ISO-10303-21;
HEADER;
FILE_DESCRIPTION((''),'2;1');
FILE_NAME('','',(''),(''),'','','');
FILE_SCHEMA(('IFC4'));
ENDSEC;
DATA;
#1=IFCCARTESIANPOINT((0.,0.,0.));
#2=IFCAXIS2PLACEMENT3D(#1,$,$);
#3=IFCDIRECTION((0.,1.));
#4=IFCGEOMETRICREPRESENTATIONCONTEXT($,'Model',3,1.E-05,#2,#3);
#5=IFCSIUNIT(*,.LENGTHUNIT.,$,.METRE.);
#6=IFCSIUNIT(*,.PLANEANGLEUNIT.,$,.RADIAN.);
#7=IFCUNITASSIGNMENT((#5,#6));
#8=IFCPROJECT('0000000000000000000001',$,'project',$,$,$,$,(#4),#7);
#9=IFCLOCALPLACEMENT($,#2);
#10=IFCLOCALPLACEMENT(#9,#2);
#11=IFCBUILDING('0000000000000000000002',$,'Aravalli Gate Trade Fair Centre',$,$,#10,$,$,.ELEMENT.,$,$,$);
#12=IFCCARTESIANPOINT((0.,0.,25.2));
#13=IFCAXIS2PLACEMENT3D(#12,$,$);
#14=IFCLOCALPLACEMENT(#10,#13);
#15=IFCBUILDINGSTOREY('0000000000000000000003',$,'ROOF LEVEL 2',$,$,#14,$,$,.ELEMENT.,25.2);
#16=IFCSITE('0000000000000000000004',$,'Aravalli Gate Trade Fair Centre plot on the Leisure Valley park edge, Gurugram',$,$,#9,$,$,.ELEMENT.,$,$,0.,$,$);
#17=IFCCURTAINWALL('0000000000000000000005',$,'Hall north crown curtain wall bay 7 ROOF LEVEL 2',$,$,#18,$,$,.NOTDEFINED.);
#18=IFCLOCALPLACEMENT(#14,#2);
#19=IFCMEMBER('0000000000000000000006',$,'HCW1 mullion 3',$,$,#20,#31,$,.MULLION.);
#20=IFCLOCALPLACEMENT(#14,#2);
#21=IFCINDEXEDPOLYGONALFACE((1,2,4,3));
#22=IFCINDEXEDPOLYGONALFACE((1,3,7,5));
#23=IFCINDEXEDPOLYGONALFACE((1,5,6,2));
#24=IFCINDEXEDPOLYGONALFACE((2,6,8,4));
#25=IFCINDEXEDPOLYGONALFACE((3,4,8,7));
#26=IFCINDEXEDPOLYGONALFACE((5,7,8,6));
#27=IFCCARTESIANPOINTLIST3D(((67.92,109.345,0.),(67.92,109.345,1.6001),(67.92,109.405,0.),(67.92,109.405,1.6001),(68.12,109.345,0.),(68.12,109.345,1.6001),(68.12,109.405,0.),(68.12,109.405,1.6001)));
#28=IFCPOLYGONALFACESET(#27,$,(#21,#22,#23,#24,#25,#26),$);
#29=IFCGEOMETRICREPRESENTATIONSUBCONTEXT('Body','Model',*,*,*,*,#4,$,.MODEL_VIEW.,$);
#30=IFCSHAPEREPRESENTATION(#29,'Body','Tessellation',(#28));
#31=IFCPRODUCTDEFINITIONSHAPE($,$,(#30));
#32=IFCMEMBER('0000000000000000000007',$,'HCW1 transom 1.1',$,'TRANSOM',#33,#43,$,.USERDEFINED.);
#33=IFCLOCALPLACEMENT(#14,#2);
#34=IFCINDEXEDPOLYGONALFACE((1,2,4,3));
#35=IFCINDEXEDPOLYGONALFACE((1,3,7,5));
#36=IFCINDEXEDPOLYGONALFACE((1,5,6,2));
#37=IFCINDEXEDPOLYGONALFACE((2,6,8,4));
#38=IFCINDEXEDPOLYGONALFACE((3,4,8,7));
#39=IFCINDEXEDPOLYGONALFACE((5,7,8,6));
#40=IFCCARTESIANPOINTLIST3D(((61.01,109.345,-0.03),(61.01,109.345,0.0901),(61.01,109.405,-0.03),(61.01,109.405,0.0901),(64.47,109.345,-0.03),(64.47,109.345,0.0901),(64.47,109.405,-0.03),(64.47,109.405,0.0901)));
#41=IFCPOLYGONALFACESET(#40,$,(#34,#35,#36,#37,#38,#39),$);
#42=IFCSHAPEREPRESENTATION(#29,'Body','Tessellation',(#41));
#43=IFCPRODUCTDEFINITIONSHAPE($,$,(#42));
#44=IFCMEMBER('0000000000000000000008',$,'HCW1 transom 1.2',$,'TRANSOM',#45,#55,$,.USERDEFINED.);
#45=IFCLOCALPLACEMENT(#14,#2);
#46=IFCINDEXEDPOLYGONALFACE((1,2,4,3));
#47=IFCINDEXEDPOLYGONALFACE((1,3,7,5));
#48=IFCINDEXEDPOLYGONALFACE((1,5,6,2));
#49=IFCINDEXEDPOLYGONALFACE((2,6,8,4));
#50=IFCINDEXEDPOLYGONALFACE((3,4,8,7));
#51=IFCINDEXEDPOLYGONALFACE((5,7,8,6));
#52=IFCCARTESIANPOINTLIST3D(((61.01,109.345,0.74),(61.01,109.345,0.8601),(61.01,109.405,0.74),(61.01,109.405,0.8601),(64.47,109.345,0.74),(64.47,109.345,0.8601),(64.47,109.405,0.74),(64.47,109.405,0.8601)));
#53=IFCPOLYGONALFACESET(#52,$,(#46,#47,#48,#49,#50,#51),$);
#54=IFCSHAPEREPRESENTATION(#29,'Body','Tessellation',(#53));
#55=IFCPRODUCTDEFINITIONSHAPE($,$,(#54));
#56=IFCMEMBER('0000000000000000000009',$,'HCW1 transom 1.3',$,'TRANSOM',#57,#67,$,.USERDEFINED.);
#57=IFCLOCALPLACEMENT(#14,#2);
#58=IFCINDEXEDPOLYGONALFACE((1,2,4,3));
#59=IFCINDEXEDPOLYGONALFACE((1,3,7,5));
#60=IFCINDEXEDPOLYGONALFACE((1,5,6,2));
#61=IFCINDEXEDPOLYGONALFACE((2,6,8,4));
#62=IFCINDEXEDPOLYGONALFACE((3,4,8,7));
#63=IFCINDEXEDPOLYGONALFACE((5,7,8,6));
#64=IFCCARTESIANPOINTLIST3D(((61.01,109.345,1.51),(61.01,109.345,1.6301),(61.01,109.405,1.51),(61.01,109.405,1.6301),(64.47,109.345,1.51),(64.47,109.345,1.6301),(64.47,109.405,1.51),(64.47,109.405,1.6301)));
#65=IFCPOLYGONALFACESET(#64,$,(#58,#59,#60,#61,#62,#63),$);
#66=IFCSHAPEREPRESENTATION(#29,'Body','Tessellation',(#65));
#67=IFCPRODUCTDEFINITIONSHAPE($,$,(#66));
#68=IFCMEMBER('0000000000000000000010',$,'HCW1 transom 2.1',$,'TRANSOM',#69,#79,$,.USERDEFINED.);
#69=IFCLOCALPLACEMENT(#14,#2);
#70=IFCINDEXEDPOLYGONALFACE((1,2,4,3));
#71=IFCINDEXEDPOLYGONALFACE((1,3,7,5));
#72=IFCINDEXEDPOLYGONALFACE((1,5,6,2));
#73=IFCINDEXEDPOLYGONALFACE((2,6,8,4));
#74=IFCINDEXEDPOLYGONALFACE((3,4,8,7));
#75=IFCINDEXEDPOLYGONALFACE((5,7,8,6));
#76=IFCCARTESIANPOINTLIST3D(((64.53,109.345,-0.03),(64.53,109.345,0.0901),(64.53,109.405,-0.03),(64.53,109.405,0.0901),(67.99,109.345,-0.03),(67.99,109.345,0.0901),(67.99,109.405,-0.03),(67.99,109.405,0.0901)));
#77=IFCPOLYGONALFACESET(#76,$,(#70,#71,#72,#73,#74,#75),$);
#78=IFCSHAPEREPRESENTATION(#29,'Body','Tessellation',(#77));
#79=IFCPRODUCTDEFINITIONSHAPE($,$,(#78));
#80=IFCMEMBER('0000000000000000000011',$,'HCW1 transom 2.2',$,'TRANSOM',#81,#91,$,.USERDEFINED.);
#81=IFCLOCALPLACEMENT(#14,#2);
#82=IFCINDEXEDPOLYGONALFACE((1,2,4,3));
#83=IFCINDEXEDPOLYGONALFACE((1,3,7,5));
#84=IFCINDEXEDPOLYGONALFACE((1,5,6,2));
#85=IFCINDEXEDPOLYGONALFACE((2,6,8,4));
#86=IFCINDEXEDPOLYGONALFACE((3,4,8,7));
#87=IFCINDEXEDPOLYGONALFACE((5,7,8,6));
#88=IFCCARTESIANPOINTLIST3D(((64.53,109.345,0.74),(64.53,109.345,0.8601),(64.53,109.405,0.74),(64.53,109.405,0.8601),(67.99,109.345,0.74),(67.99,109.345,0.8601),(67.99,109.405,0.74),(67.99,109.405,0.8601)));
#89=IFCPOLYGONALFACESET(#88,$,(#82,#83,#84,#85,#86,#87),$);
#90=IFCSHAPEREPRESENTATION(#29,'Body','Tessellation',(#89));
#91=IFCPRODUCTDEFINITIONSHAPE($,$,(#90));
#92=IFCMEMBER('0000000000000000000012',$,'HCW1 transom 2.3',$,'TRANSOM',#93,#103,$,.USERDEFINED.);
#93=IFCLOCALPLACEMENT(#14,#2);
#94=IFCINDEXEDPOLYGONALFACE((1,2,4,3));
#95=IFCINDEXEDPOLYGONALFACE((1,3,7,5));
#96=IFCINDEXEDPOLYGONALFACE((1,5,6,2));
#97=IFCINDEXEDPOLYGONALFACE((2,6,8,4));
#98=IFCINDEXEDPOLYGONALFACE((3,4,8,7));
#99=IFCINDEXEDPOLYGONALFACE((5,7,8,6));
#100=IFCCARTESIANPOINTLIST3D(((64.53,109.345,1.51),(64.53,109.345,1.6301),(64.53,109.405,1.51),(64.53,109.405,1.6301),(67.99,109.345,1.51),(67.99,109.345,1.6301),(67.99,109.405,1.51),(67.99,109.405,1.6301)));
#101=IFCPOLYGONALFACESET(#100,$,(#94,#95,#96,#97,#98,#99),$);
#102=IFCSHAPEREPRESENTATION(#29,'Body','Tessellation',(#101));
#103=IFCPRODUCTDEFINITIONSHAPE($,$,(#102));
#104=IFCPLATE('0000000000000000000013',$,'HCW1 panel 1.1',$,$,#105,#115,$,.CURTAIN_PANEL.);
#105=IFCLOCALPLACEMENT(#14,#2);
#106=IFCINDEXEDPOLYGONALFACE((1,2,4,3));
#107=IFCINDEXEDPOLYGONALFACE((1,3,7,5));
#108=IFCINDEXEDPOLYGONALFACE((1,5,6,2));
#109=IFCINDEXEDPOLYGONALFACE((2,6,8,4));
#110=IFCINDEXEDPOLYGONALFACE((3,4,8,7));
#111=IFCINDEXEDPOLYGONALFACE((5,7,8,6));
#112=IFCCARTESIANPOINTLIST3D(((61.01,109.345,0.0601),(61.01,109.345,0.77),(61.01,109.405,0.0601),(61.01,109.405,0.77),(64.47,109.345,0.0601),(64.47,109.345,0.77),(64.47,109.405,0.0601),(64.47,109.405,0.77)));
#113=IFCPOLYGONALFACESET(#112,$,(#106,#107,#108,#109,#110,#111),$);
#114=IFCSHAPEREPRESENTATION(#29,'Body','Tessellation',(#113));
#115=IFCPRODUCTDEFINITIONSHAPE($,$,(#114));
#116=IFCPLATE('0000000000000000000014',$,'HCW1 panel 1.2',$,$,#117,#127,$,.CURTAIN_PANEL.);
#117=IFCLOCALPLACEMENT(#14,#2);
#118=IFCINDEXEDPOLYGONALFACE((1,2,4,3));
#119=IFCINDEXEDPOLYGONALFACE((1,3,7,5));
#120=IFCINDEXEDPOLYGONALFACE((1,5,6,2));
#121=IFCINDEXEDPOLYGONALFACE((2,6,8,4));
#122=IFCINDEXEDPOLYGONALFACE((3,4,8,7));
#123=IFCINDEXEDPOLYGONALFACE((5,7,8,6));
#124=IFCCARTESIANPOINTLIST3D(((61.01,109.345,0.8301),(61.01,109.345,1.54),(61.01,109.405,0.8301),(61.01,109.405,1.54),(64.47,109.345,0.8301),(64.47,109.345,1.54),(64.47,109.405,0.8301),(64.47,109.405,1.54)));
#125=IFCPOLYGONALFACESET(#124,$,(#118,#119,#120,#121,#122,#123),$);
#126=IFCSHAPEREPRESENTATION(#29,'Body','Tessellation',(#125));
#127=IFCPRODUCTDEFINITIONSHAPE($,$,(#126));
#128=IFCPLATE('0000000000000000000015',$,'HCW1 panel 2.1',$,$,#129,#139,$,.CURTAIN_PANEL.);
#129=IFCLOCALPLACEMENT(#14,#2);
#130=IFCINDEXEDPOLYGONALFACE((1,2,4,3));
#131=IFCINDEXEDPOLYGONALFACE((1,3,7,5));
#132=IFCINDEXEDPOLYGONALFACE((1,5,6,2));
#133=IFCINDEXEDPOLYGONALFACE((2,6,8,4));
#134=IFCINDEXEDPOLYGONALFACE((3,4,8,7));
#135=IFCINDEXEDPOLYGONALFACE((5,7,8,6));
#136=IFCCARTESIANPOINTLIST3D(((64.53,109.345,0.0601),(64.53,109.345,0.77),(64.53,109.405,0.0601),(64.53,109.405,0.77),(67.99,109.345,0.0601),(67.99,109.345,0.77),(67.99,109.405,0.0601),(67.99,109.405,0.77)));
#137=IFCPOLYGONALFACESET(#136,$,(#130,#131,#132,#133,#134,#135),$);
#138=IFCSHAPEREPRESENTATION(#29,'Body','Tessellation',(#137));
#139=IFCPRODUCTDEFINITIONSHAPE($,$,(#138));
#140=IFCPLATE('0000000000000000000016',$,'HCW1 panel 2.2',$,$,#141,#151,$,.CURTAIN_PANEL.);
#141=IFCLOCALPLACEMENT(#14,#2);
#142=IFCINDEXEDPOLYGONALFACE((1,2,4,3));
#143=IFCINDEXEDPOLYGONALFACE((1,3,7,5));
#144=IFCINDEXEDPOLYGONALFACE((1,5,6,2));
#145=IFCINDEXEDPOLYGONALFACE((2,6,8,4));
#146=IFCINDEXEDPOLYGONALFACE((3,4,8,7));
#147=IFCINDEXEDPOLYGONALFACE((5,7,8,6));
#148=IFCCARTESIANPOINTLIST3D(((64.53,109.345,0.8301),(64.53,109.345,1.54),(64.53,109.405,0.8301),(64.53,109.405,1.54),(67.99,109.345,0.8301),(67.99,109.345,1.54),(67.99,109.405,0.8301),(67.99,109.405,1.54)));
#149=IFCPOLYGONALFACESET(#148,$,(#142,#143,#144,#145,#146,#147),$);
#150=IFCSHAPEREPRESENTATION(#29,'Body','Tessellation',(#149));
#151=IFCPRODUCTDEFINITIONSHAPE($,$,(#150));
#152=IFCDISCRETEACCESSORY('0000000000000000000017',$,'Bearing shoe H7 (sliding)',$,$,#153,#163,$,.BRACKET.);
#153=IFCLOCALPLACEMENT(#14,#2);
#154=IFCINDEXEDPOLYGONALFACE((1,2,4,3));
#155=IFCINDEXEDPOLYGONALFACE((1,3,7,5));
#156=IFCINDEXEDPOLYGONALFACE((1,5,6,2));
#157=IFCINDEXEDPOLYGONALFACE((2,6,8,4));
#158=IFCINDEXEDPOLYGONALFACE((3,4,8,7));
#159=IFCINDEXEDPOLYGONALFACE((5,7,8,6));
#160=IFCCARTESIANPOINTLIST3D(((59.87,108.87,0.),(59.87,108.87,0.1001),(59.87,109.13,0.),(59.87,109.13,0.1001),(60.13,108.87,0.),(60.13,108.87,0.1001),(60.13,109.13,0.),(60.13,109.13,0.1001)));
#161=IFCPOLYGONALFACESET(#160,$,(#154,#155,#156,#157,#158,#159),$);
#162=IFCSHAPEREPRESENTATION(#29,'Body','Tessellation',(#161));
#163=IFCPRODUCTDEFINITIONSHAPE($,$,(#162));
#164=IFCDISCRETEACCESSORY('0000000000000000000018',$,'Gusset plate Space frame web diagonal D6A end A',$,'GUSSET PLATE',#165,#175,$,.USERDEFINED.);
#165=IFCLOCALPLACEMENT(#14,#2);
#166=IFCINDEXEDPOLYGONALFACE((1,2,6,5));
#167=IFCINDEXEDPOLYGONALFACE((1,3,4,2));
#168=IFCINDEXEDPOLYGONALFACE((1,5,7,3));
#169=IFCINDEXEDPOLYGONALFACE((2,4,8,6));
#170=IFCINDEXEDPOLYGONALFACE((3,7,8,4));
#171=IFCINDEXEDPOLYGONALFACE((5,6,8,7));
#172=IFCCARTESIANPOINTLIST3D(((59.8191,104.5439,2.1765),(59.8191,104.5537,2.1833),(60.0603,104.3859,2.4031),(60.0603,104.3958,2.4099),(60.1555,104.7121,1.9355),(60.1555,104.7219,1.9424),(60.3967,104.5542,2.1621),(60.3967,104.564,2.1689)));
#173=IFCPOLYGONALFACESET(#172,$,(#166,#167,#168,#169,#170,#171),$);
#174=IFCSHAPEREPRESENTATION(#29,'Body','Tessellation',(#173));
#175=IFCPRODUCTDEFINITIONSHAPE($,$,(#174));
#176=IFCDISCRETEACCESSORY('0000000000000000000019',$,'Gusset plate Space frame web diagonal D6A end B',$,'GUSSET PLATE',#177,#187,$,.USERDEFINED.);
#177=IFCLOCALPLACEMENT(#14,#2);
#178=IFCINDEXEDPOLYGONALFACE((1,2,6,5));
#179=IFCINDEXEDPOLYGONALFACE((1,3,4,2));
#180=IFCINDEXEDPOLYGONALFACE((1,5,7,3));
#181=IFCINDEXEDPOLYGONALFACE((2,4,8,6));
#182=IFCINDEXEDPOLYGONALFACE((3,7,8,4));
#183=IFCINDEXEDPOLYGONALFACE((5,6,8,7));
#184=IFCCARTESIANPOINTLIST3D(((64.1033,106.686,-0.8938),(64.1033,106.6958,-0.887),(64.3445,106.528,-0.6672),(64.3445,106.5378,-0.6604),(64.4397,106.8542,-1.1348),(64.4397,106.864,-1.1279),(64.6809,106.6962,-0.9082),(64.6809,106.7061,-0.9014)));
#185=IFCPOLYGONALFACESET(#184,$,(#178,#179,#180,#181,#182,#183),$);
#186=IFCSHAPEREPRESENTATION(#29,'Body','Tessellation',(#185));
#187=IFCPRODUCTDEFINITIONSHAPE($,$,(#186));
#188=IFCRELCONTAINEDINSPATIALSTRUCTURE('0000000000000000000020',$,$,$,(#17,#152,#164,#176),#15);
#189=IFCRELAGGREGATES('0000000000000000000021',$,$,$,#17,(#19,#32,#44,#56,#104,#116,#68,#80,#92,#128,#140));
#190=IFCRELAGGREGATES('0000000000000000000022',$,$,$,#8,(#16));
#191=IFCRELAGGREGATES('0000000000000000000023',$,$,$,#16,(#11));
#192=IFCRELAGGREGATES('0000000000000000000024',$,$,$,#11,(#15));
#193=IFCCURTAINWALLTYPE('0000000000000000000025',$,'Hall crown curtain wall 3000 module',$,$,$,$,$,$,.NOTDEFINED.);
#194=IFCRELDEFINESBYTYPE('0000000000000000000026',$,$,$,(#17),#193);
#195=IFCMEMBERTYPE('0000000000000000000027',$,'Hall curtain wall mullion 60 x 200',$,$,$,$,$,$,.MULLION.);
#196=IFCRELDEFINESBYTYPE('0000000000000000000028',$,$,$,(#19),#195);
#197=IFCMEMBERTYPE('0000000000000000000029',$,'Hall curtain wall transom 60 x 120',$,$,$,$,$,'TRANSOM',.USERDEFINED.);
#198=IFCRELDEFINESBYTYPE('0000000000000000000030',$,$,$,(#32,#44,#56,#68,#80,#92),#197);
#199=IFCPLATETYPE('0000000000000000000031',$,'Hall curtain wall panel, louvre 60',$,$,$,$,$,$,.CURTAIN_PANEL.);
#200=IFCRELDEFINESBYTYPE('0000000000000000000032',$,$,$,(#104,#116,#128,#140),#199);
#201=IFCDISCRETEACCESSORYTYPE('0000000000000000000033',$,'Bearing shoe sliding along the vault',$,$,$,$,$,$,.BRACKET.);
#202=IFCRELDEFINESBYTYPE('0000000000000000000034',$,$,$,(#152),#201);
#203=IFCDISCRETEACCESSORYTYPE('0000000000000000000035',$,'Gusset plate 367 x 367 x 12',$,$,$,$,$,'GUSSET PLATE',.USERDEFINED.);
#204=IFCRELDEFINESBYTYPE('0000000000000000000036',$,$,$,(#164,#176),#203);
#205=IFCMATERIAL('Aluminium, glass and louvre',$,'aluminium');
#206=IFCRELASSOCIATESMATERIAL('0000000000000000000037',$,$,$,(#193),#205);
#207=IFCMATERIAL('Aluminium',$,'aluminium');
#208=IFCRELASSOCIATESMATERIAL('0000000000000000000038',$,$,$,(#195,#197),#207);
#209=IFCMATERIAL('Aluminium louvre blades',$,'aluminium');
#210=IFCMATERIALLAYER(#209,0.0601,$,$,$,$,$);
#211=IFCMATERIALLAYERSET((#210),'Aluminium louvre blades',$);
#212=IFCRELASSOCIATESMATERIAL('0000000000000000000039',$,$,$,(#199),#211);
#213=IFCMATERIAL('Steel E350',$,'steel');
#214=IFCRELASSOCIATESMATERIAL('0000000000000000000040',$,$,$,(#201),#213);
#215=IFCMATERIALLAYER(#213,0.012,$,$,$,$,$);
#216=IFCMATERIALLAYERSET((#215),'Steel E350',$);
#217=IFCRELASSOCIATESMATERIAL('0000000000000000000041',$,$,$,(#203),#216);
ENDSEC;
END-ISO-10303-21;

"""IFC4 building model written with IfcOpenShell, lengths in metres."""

from ifc_helpers import new_model, si_unit, direction, frame, origin, origin_2d, place, context, subcontext, project, spatial, polyline, rectangle, outline, extrude, material, layer, layer_set, material_profile, profile_set, type_object, element, aggregate, save


model = new_model("IFC4")

# Units and contexts
model_context = context("Model", 3, precision=1e-05, world=origin(), true_north=direction((0.0, 1.0)))
body_context = subcontext(model_context, "Body", "Model", "MODEL_VIEW")
ifc_project = project(units=[si_unit("LENGTHUNIT", "METRE"), si_unit("PLANEANGLEUNIT", "RADIAN")], contexts=[model_context])

# Site, building, storey
site_placement = place(None, origin())
site = spatial("IfcSite", under=ifc_project, at=site_placement, Name="Aravalli Gate Trade Fair Centre plot on the Leisure Valley park edge, Gurugram", CompositionType="ELEMENT", RefElevation=0.0)
building_placement = place(site_placement, origin())
building = spatial("IfcBuilding", under=site, at=building_placement, Name="Aravalli Gate Trade Fair Centre", CompositionType="ELEMENT")
storey_placement = place(building_placement, frame((0.0, 0.0, 25.2)))
storey = spatial("IfcBuildingStorey", under=building, at=storey_placement, Name="ROOF LEVEL 2", CompositionType="ELEMENT", Elevation=25.2)

# Shared definitions
ifc_material_1 = material(Name="Steel E350", Category="steel")

# Curtain wall, members, plates
ifc_material_2 = material(Name="Aluminium, glass and louvre", Category="aluminium")
curtain_wall_type = type_object("IfcCurtainWallType", Name="Hall crown curtain wall 3000 module", PredefinedType="NOTDEFINED", material=ifc_material_2)
curtain_wall_placement = place(storey_placement, origin())
curtain_wall = element("IfcCurtainWall", 1, at=curtain_wall_placement, inside=storey, type_object=curtain_wall_type, Name="Hall north crown curtain wall bay 7 ROOF LEVEL 2", PredefinedType="NOTDEFINED")
ifc_material_3 = material(Name="Aluminium", Category="aluminium")
ifc_material_profile_1 = material_profile(ifc_material_3, rectangle(XDim=0.0601, YDim=0.2, at=origin_2d()), Name="Hall curtain wall mullion 60 x 200")
ifc_profile_set_1 = profile_set([ifc_material_profile_1], Name="Aluminium")
member_type_1 = type_object("IfcMemberType", Name="Hall curtain wall mullion 60 x 200", PredefinedType="MULLION", material=ifc_profile_set_1)
member_1_placement = place(storey_placement, frame((68.02, 109.375, 0.0), z_axis=(0.0, 0.0, 1.0), x_axis=(0.0, 1.0, 0.0)))
member_1 = element("IfcMember", 2, at=member_1_placement, type_object=member_type_1, Name="HCW1 mullion 3", PredefinedType="MULLION", context=body_context, shape_type="SweptSolid", body=[
    extrude(rectangle(XDim=0.0601, YDim=0.2, at=origin_2d()), origin(), (0.0, 0.0, 1.0), 1.6001),
])
ifc_material_profile_2 = material_profile(ifc_material_3, rectangle(XDim=0.0601, YDim=0.1201, at=origin_2d()), Name="Hall curtain wall transom 60 x 120")
ifc_profile_set_2 = profile_set([ifc_material_profile_2], Name="Aluminium")
member_type_2 = type_object("IfcMemberType", Name="Hall curtain wall transom 60 x 120", ElementType="TRANSOM", PredefinedType="USERDEFINED", material=ifc_profile_set_2)
member_2_placement = place(storey_placement, frame((61.01, 109.375, 0.03), z_axis=(1.0, 0.0, 0.0), x_axis=(0.0, 1.0, 0.0)))
member_2 = element("IfcMember", 3, at=member_2_placement, type_object=member_type_2, Name="HCW1 transom 1.1", ObjectType="TRANSOM", PredefinedType="USERDEFINED", context=body_context, shape_type="SweptSolid", body=[
    extrude(rectangle(XDim=0.0601, YDim=0.1201, at=origin_2d()), origin(), (0.0, 0.0, 1.0), 3.46),
])
member_3_placement = place(storey_placement, frame((61.01, 109.375, 0.8), z_axis=(1.0, 0.0, 0.0), x_axis=(0.0, 1.0, 0.0)))
member_3 = element("IfcMember", 4, at=member_3_placement, type_object=member_type_2, Name="HCW1 transom 1.2", ObjectType="TRANSOM", PredefinedType="USERDEFINED", context=body_context, shape_type="SweptSolid", body=[
    extrude(rectangle(XDim=0.0601, YDim=0.1201, at=origin_2d()), origin(), (0.0, 0.0, 1.0), 3.46),
])
member_4_placement = place(storey_placement, frame((61.01, 109.375, 1.5701), z_axis=(1.0, 0.0, 0.0), x_axis=(0.0, 1.0, 0.0)))
member_4 = element("IfcMember", 5, at=member_4_placement, type_object=member_type_2, Name="HCW1 transom 1.3", ObjectType="TRANSOM", PredefinedType="USERDEFINED", context=body_context, shape_type="SweptSolid", body=[
    extrude(rectangle(XDim=0.0601, YDim=0.1201, at=origin_2d()), origin(), (0.0, 0.0, 1.0), 3.46),
])
member_5_placement = place(storey_placement, frame((64.53, 109.375, 0.03), z_axis=(1.0, 0.0, 0.0), x_axis=(0.0, 1.0, 0.0)))
member_5 = element("IfcMember", 6, at=member_5_placement, type_object=member_type_2, Name="HCW1 transom 2.1", ObjectType="TRANSOM", PredefinedType="USERDEFINED", context=body_context, shape_type="SweptSolid", body=[
    extrude(rectangle(XDim=0.0601, YDim=0.1201, at=origin_2d()), origin(), (0.0, 0.0, 1.0), 3.46),
])
member_6_placement = place(storey_placement, frame((64.53, 109.375, 0.8), z_axis=(1.0, 0.0, 0.0), x_axis=(0.0, 1.0, 0.0)))
member_6 = element("IfcMember", 7, at=member_6_placement, type_object=member_type_2, Name="HCW1 transom 2.2", ObjectType="TRANSOM", PredefinedType="USERDEFINED", context=body_context, shape_type="SweptSolid", body=[
    extrude(rectangle(XDim=0.0601, YDim=0.1201, at=origin_2d()), origin(), (0.0, 0.0, 1.0), 3.46),
])
member_7_placement = place(storey_placement, frame((64.53, 109.375, 1.5701), z_axis=(1.0, 0.0, 0.0), x_axis=(0.0, 1.0, 0.0)))
member_7 = element("IfcMember", 8, at=member_7_placement, type_object=member_type_2, Name="HCW1 transom 2.3", ObjectType="TRANSOM", PredefinedType="USERDEFINED", context=body_context, shape_type="SweptSolid", body=[
    extrude(rectangle(XDim=0.0601, YDim=0.1201, at=origin_2d()), origin(), (0.0, 0.0, 1.0), 3.46),
])
ifc_material_4 = material(Name="Aluminium louvre blades", Category="aluminium")
ifc_layer_1 = layer(ifc_material_4, 0.0601)
ifc_layer_set_1 = layer_set([ifc_layer_1], Name="Aluminium louvre blades")
plate_type = type_object("IfcPlateType", Name="Hall curtain wall panel, louvre 60", PredefinedType="CURTAIN_PANEL", material=ifc_layer_set_1)
plate_1_placement = place(storey_placement, frame((62.74, 109.375, 0.0601), z_axis=(0.0, 0.0, 1.0), x_axis=(1.0, 0.0, 0.0)))
plate_1 = element("IfcPlate", 9, at=plate_1_placement, type_object=plate_type, Name="HCW1 panel 1.1", PredefinedType="CURTAIN_PANEL", context=body_context, shape_type="SweptSolid", body=[
    extrude(rectangle(XDim=3.46, YDim=0.0601, at=origin_2d()), origin(), (0.0, 0.0, 1.0), 0.71),
])
plate_2_placement = place(storey_placement, frame((62.74, 109.375, 0.8301), z_axis=(0.0, 0.0, 1.0), x_axis=(1.0, 0.0, 0.0)))
plate_2 = element("IfcPlate", 10, at=plate_2_placement, type_object=plate_type, Name="HCW1 panel 1.2", PredefinedType="CURTAIN_PANEL", context=body_context, shape_type="SweptSolid", body=[
    extrude(rectangle(XDim=3.46, YDim=0.0601, at=origin_2d()), origin(), (0.0, 0.0, 1.0), 0.71),
])
plate_3_placement = place(storey_placement, frame((66.26, 109.375, 0.0601), z_axis=(0.0, 0.0, 1.0), x_axis=(1.0, 0.0, 0.0)))
plate_3 = element("IfcPlate", 11, at=plate_3_placement, type_object=plate_type, Name="HCW1 panel 2.1", PredefinedType="CURTAIN_PANEL", context=body_context, shape_type="SweptSolid", body=[
    extrude(rectangle(XDim=3.46, YDim=0.0601, at=origin_2d()), origin(), (0.0, 0.0, 1.0), 0.71),
])
plate_4_placement = place(storey_placement, frame((66.26, 109.375, 0.8301), z_axis=(0.0, 0.0, 1.0), x_axis=(1.0, 0.0, 0.0)))
plate_4 = element("IfcPlate", 12, at=plate_4_placement, type_object=plate_type, Name="HCW1 panel 2.2", PredefinedType="CURTAIN_PANEL", context=body_context, shape_type="SweptSolid", body=[
    extrude(rectangle(XDim=3.46, YDim=0.0601, at=origin_2d()), origin(), (0.0, 0.0, 1.0), 0.71),
])
aggregate(curtain_wall, [member_1, member_2, member_3, member_4, plate_1, plate_2, member_5, member_6, member_7, plate_3, plate_4])

# Discrete accessories
discrete_accessory_type_1 = type_object("IfcDiscreteAccessoryType", Name="Bearing shoe sliding along the vault", PredefinedType="BRACKET", material=ifc_material_1)
discrete_accessory_1_placement = place(storey_placement, frame((60.0, 109.0, 0.0), z_axis=(0.0, 0.0, 1.0), x_axis=(1.0, 0.0, 0.0)))
element("IfcDiscreteAccessory", 13, at=discrete_accessory_1_placement, inside=storey, type_object=discrete_accessory_type_1, Name="Bearing shoe H7 (sliding)", PredefinedType="BRACKET", context=body_context, shape_type="SweptSolid", body=[
    extrude(rectangle(XDim=0.26, YDim=0.26, at=origin_2d()), origin(), (0.0, 0.0, 1.0), 0.1001),
])
ifc_layer_2 = layer(ifc_material_1, 0.012)
ifc_layer_set_2 = layer_set([ifc_layer_2], Name="Steel E350")
discrete_accessory_type_2 = type_object("IfcDiscreteAccessoryType", Name="Gusset plate 367 x 367 x 12", ElementType="GUSSET PLATE", PredefinedType="USERDEFINED", material=ifc_layer_set_2)
discrete_accessory_2_placement = place(storey_placement, frame((60.1555, 104.7219, 1.9424), z_axis=(-0.000292, 0.820164, 0.572128), x_axis=(-0.753132, -0.376566, 0.539435)))
element("IfcDiscreteAccessory", 14, at=discrete_accessory_2_placement, inside=storey, type_object=discrete_accessory_type_2, Name="Gusset plate Space frame web diagonal D6A end A", ObjectType="GUSSET PLATE", PredefinedType="USERDEFINED", context=body_context, shape_type="SweptSolid", body=[
    extrude(outline(polyline([(0.0, 0.0), (0.4467, 0.0), (0.4467, 0.3667), (0.0, 0.3667), (0.0, 0.0)])), origin(), (0.0, 0.0, -1.0), 0.012),
])
discrete_accessory_3_placement = place(storey_placement, frame((64.1033, 106.6958, -0.887), z_axis=(-0.000292, 0.820164, 0.572128), x_axis=(0.753132, 0.376566, -0.539435)))
element("IfcDiscreteAccessory", 15, at=discrete_accessory_3_placement, inside=storey, type_object=discrete_accessory_type_2, Name="Gusset plate Space frame web diagonal D6A end B", ObjectType="GUSSET PLATE", PredefinedType="USERDEFINED", context=body_context, shape_type="SweptSolid", body=[
    extrude(outline(polyline([(0.0, 0.0), (0.4467, 0.0), (0.4467, -0.3667), (0.0, -0.3667), (0.0, 0.0)])), origin(), (0.0, 0.0, -1.0), 0.012),
])

save(model, "model.ifc")
